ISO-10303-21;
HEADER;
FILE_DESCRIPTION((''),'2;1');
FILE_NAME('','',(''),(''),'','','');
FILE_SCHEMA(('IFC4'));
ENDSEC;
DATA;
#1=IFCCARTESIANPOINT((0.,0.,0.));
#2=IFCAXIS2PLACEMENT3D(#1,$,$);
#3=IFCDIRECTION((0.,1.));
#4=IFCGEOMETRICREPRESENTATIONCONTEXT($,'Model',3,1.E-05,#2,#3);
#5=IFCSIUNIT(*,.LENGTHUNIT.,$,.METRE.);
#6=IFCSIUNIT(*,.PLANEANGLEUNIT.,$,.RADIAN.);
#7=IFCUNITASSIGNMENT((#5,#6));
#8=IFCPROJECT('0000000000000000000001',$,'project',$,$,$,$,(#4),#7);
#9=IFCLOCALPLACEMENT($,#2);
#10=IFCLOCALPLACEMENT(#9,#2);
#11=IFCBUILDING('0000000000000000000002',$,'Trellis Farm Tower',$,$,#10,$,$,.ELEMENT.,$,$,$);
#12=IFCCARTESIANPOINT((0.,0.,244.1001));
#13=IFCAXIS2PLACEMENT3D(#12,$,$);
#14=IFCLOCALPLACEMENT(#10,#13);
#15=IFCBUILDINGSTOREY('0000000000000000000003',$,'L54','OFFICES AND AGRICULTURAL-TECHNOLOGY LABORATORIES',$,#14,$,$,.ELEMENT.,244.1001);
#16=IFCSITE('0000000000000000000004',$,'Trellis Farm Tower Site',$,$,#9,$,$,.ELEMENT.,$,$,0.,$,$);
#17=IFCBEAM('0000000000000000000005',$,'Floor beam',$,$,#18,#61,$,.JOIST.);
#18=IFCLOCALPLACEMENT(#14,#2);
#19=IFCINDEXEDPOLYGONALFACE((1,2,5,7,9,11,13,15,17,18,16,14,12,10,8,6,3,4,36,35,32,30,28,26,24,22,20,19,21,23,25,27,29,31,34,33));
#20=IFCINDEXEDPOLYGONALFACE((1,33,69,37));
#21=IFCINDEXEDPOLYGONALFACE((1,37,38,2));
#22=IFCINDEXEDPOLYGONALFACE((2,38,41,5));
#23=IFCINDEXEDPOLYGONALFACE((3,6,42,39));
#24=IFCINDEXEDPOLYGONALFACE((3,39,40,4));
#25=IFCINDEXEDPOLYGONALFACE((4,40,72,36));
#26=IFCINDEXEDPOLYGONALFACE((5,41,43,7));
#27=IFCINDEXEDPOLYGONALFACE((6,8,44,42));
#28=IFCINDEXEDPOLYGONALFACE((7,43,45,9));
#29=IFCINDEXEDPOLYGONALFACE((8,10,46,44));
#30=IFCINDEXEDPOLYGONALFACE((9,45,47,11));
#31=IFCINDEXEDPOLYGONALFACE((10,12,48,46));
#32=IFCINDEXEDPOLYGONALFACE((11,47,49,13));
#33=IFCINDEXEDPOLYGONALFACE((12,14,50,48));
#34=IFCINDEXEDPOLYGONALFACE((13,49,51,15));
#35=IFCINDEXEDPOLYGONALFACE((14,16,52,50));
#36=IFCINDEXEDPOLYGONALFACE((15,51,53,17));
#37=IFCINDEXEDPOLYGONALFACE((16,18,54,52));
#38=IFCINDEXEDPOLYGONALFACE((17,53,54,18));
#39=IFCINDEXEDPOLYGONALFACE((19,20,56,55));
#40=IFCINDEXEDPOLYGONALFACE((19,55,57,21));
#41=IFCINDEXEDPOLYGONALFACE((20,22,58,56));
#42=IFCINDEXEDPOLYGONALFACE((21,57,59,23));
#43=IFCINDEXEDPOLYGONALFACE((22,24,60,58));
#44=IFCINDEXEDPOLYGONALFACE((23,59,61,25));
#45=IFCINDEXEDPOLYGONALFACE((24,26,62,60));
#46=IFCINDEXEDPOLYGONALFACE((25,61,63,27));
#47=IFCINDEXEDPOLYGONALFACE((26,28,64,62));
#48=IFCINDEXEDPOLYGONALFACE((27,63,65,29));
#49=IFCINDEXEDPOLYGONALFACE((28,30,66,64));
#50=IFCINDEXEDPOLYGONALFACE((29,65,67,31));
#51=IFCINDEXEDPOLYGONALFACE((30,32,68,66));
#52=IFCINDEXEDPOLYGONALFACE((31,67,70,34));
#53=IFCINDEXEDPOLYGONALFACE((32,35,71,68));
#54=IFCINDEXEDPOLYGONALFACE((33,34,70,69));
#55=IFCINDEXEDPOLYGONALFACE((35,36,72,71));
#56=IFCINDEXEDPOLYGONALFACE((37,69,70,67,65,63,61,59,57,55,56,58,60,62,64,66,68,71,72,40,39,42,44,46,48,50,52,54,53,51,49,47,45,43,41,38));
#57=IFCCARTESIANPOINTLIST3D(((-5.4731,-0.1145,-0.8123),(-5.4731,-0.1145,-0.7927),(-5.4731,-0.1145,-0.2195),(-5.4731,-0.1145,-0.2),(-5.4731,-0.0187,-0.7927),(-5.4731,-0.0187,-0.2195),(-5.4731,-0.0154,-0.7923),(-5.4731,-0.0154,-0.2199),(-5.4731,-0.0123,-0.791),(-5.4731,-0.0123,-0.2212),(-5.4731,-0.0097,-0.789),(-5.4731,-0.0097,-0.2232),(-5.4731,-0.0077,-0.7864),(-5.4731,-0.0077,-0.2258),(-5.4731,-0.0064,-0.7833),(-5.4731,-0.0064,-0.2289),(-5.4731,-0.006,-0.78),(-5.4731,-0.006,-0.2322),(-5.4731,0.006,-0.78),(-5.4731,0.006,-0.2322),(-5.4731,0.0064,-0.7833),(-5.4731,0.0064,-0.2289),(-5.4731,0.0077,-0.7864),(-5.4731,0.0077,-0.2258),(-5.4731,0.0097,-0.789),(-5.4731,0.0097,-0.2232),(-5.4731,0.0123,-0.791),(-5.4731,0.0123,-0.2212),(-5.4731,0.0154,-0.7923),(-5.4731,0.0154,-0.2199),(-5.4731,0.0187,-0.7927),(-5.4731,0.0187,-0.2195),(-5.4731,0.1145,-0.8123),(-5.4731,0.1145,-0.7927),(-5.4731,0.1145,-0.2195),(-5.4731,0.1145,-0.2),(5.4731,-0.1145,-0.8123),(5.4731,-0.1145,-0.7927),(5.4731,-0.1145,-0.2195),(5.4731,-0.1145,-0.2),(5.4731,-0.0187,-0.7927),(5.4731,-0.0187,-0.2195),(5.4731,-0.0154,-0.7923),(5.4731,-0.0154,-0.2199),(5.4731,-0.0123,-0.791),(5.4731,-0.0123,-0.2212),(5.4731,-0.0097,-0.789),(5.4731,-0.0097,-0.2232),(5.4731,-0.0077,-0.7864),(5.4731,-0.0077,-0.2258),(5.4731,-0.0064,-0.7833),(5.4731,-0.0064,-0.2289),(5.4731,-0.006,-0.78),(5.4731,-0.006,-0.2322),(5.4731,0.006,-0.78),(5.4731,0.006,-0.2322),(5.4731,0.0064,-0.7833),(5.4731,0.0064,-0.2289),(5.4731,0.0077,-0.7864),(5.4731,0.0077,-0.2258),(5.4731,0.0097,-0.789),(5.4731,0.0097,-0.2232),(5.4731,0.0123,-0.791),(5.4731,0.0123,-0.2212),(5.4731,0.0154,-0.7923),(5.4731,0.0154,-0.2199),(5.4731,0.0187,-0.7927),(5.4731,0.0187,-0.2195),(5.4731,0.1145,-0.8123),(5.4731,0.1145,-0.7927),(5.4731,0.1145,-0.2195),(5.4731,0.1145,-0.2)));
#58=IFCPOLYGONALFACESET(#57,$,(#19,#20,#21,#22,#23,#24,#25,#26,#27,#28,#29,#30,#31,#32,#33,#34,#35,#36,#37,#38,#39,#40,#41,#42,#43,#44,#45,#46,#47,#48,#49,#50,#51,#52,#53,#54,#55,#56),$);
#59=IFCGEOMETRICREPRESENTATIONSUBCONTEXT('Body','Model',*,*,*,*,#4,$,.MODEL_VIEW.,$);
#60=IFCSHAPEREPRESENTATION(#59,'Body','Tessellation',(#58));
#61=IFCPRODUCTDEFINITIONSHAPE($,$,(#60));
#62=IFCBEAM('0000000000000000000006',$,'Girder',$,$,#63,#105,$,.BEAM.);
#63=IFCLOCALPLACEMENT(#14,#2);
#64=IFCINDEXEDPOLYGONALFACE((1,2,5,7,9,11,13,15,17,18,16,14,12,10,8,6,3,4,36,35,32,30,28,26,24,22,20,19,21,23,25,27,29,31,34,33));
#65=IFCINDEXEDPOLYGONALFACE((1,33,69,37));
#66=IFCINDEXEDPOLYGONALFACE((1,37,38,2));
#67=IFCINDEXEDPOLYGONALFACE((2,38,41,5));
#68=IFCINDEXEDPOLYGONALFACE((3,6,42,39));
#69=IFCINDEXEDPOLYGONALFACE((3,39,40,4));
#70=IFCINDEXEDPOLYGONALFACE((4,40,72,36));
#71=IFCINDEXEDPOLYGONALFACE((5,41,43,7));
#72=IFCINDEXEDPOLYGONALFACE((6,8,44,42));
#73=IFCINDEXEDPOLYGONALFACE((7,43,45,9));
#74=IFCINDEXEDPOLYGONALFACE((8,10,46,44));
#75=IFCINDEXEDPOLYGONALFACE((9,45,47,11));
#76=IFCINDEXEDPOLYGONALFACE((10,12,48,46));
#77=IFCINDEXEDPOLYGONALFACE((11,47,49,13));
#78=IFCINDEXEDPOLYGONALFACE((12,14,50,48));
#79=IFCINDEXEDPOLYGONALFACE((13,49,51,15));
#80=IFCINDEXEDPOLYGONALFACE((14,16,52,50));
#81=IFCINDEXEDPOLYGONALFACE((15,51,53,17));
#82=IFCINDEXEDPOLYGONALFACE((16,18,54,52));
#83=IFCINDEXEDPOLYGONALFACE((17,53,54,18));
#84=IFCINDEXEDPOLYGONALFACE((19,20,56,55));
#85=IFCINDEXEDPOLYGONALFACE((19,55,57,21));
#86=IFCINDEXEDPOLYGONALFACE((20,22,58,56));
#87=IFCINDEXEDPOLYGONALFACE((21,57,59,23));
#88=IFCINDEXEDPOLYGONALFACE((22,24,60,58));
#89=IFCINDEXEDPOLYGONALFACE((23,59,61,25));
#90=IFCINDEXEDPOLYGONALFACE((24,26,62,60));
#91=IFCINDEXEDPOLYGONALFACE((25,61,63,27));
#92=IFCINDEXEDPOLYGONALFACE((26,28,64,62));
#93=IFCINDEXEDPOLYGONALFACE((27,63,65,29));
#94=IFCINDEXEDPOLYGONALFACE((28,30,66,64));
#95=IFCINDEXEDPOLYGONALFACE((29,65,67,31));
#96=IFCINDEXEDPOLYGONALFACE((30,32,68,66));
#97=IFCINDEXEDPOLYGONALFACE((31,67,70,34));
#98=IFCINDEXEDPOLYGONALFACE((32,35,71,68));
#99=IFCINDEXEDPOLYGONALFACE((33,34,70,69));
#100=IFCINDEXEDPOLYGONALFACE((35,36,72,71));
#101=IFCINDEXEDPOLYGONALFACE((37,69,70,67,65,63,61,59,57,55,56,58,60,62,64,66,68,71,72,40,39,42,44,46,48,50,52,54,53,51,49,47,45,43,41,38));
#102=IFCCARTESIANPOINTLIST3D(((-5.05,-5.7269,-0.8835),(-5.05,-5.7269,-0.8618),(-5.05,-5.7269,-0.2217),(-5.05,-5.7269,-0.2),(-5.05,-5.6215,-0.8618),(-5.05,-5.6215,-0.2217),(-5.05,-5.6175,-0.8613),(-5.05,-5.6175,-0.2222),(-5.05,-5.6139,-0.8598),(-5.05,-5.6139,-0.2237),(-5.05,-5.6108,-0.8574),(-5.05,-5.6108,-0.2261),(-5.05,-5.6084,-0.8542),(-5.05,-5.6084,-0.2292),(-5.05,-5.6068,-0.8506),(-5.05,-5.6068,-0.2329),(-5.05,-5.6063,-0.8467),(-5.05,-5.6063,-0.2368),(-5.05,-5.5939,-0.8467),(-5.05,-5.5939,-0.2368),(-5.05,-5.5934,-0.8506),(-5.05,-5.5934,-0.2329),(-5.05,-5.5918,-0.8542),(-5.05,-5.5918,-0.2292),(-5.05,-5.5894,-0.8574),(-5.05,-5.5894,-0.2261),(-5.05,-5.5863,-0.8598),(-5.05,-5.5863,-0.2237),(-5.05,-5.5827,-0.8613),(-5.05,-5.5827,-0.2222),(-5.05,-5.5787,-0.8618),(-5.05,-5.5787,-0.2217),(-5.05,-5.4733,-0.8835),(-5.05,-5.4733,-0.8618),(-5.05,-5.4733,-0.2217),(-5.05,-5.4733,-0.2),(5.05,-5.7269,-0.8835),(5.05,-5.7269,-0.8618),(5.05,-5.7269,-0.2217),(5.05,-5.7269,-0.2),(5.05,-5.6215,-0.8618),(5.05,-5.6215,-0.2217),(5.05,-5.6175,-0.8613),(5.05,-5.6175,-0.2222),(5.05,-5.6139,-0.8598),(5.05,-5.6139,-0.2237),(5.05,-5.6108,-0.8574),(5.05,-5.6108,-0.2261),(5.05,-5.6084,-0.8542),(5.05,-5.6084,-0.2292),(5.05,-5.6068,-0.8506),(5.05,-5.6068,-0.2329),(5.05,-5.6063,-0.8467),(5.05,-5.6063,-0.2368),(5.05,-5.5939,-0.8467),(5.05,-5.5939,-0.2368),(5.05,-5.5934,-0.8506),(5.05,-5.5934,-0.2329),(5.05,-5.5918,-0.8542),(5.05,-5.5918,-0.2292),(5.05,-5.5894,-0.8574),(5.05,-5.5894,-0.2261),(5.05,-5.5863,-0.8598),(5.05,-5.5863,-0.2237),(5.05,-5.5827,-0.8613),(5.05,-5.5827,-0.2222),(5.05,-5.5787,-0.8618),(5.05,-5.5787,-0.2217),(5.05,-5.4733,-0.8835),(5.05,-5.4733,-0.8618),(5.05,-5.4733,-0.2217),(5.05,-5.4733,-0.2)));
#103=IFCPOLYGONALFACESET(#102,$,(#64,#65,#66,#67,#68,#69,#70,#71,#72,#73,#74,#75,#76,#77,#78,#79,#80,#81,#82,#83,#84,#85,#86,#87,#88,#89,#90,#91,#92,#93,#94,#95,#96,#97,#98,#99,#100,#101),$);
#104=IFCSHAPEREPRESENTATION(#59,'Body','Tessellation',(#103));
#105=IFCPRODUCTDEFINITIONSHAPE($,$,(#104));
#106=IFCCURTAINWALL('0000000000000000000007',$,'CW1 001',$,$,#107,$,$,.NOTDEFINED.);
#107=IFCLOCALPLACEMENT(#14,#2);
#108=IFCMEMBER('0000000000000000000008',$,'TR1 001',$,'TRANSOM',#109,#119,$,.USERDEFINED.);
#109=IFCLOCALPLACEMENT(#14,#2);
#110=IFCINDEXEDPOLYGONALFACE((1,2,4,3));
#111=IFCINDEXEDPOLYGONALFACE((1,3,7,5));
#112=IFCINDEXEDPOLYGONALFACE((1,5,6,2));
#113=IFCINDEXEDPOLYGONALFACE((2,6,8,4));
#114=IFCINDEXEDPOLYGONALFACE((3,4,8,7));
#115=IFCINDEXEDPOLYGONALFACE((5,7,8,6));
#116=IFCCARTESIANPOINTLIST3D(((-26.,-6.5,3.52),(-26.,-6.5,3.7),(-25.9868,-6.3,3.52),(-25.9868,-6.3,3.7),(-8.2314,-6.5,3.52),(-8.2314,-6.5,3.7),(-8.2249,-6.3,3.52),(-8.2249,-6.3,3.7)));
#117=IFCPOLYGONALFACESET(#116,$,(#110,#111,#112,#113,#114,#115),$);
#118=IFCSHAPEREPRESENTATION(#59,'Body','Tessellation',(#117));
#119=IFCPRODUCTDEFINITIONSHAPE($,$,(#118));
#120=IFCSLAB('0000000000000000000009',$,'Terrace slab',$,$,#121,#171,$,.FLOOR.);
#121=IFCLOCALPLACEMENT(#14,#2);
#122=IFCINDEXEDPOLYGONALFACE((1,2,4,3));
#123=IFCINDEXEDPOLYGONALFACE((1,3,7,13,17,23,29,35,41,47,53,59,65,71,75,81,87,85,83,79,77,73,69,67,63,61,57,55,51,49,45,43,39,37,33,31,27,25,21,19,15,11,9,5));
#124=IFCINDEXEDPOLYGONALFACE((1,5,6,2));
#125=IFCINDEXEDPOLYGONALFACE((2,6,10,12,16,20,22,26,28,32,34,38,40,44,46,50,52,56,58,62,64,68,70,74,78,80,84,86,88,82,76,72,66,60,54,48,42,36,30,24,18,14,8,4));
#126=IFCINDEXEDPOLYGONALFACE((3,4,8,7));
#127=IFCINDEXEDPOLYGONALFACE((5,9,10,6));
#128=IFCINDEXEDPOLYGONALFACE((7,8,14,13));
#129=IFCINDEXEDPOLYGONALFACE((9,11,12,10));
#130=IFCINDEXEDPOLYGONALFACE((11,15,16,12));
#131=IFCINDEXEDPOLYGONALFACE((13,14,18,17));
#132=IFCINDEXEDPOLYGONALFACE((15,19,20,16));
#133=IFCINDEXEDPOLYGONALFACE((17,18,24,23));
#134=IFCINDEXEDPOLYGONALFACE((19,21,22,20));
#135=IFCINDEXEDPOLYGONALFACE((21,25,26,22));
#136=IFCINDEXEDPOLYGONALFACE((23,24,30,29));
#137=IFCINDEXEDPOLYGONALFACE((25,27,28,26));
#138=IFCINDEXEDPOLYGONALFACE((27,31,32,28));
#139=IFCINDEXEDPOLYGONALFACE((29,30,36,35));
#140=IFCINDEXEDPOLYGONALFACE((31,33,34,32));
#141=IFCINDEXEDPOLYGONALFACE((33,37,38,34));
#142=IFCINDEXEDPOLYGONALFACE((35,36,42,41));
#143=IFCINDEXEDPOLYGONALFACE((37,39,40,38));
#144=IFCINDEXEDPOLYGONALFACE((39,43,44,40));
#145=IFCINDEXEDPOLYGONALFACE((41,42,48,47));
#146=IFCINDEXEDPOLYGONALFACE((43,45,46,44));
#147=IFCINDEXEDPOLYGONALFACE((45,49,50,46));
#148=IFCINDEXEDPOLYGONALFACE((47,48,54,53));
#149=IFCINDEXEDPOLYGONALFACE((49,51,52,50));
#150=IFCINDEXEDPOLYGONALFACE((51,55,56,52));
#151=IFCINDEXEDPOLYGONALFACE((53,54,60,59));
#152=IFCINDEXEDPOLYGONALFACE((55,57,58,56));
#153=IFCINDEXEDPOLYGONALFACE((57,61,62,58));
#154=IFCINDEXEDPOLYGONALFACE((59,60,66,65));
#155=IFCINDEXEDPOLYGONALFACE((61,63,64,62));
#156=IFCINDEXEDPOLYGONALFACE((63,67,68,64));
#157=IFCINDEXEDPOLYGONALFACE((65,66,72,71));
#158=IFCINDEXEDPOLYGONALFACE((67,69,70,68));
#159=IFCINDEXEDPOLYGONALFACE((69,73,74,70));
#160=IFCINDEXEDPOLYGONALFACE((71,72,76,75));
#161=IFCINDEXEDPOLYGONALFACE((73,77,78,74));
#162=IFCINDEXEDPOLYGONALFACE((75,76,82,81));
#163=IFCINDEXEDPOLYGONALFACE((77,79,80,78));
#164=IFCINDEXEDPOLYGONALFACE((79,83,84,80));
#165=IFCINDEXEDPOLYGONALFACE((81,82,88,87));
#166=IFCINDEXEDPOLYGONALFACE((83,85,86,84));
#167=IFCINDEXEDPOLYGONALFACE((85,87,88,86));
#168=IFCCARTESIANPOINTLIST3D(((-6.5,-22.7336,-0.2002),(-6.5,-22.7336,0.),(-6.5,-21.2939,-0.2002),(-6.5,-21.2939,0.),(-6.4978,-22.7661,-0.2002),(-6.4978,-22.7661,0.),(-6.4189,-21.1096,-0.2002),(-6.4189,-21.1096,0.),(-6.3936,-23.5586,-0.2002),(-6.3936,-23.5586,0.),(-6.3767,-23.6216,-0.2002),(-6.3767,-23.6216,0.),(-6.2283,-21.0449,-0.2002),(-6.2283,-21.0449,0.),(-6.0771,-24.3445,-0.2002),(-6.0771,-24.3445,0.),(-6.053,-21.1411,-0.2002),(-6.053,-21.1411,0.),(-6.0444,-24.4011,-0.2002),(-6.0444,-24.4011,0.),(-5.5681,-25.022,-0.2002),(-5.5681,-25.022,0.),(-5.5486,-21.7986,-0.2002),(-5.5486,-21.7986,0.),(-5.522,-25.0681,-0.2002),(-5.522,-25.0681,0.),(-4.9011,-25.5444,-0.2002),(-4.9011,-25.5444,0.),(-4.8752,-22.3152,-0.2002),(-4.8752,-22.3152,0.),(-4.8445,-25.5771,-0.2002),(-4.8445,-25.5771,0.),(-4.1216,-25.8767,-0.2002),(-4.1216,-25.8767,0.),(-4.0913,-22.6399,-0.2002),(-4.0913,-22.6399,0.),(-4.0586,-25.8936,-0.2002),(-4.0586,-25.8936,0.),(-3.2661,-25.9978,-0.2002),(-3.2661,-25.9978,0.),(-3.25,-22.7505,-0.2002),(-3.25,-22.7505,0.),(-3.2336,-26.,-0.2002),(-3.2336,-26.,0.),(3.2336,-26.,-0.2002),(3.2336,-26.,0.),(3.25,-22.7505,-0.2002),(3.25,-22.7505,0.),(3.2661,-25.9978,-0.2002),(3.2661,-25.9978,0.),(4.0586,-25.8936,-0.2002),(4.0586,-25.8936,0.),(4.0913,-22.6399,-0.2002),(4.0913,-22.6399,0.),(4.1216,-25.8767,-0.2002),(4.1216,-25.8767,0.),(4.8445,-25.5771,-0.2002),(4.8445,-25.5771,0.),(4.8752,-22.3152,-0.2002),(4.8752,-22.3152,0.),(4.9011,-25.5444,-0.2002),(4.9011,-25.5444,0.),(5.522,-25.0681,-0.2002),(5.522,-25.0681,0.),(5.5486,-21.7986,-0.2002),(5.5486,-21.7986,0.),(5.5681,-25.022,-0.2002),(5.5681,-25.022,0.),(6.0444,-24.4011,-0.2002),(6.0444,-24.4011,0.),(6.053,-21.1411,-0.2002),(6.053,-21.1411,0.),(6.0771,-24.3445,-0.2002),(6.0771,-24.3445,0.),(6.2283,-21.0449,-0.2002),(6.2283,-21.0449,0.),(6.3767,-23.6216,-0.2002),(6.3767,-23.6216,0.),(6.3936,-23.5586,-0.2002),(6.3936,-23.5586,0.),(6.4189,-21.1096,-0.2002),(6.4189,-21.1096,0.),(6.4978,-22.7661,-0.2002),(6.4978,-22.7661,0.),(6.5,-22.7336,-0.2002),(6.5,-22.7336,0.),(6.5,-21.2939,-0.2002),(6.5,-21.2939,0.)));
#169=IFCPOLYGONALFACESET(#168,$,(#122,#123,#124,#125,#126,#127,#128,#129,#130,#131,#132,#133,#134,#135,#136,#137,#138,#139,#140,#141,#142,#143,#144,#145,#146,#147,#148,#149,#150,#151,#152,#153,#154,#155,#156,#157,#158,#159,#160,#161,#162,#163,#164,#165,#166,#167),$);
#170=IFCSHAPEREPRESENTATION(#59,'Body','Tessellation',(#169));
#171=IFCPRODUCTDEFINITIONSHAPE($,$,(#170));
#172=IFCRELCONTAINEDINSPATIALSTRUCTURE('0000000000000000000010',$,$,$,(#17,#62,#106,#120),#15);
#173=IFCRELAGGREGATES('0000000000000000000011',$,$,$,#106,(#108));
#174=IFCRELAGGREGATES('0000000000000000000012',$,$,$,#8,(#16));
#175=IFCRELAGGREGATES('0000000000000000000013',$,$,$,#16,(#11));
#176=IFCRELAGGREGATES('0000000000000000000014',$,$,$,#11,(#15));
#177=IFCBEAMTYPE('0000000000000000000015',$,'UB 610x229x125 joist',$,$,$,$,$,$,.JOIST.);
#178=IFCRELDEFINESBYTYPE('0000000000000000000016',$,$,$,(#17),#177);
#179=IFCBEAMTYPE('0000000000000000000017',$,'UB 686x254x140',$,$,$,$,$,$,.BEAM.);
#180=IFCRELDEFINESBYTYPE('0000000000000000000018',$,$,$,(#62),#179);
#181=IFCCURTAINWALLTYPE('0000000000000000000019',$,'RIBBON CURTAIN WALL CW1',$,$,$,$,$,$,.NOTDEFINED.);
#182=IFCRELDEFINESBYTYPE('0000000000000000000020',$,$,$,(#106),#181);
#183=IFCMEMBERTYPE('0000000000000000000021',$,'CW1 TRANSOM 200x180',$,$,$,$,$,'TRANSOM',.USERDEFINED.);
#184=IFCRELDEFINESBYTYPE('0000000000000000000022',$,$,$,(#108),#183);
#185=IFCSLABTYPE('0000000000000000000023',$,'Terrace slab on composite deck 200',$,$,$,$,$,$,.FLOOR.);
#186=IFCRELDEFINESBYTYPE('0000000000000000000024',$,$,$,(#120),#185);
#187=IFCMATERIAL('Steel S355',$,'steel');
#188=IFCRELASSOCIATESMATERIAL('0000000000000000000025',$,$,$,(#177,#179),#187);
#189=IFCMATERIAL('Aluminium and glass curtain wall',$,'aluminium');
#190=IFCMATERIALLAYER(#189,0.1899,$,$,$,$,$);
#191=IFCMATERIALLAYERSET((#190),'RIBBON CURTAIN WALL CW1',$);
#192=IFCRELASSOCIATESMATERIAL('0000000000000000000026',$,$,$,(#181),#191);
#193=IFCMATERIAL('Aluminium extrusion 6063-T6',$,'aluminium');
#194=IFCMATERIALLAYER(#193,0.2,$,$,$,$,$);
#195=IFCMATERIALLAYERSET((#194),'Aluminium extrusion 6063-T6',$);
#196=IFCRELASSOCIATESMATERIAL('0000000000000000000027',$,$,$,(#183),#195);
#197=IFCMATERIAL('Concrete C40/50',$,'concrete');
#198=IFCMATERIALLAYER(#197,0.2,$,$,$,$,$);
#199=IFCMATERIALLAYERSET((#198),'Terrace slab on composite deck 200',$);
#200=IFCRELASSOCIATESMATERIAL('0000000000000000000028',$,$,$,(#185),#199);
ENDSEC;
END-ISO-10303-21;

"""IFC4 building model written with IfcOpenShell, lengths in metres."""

from ifc_helpers import new_model, si_unit, direction, frame, origin, origin_2d, place, context, subcontext, project, spatial, polyline, i_section, outline, extrude, source, transform, mapped, material, layer, layer_set, material_profile, profile_set, type_object, element, aggregate, save


model = new_model("IFC4")

# Units and contexts
model_context = context("Model", 3, precision=1e-05, world=origin(), true_north=direction((0.0, 1.0)))
body_context = subcontext(model_context, "Body", "Model", "MODEL_VIEW")
ifc_project = project(units=[si_unit("LENGTHUNIT", "METRE"), si_unit("PLANEANGLEUNIT", "RADIAN")], contexts=[model_context])

# Site, building, storey
site_placement = place(None, origin())
site = spatial("IfcSite", under=ifc_project, at=site_placement, Name="Trellis Farm Tower Site", CompositionType="ELEMENT", RefElevation=0.0)
building_placement = place(site_placement, origin())
building = spatial("IfcBuilding", under=site, at=building_placement, Name="Trellis Farm Tower", CompositionType="ELEMENT")
storey_placement = place(building_placement, frame((0.0, 0.0, 244.1001)))
storey = spatial("IfcBuildingStorey", under=building, at=storey_placement, Name="L54", Description="OFFICES AND AGRICULTURAL-TECHNOLOGY LABORATORIES", CompositionType="ELEMENT", Elevation=244.1001)

# Beams
ifc_material_1 = material(Name="Steel S355", Category="steel")
ifc_material_profile_1 = material_profile(ifc_material_1, i_section(OverallWidth=0.229, OverallDepth=0.6123, WebThickness=0.012, FlangeThickness=0.0195, FilletRadius=0.0127, at=origin_2d()), Name="UB 610x229x125")
ifc_profile_set_1 = profile_set([ifc_material_profile_1], Name="Steel S355")
beam_type_1 = type_object("IfcBeamType", Name="UB 610x229x125 joist", PredefinedType="JOIST", material=ifc_profile_set_1)
shared_shape_1 = source(origin(), body_context, "Body", "SweptSolid", [
    extrude(i_section(OverallWidth=0.229, OverallDepth=0.6123, WebThickness=0.012, FlangeThickness=0.0195, FilletRadius=0.0127, at=origin_2d()), origin(), (0.0, 0.0, 1.0), 10.9463),
])
beam_1_placement = place(storey_placement, frame((-5.4731, 0.0, -0.5061), z_axis=(1.0, 0.0, 0.0), x_axis=(0.0, 1.0, 0.0)))
element("IfcBeam", 1, at=beam_1_placement, inside=storey, type_object=beam_type_1, Name="Floor beam", PredefinedType="JOIST", context=body_context, shape_type="MappedRepresentation", body=[
    mapped(shared_shape_1, transform((0.0, 0.0, 0.0))),
])
ifc_material_profile_2 = material_profile(ifc_material_1, i_section(OverallWidth=0.2537, OverallDepth=0.6836, WebThickness=0.0125, FlangeThickness=0.0217, FilletRadius=0.0151, at=origin_2d()), Name="UB 686x254x140")
ifc_profile_set_2 = profile_set([ifc_material_profile_2], Name="Steel S355")
beam_type_2 = type_object("IfcBeamType", Name="UB 686x254x140", PredefinedType="BEAM", material=ifc_profile_set_2)
shared_shape_2 = source(origin(), body_context, "Body", "SweptSolid", [
    extrude(i_section(OverallWidth=0.2537, OverallDepth=0.6836, WebThickness=0.0125, FlangeThickness=0.0217, FilletRadius=0.0151, at=origin_2d()), origin(), (0.0, 0.0, 1.0), 10.1001),
])
beam_2_placement = place(storey_placement, frame((-5.05, -5.6001, -0.5417), z_axis=(1.0, 0.0, 0.0), x_axis=(0.0, 1.0, 0.0)))
element("IfcBeam", 2, at=beam_2_placement, inside=storey, type_object=beam_type_2, Name="Girder", PredefinedType="BEAM", context=body_context, shape_type="MappedRepresentation", body=[
    mapped(shared_shape_2, transform((0.0, 0.0, 0.0))),
])

# Curtain wall, member
ifc_material_2 = material(Name="Aluminium and glass curtain wall", Category="aluminium")
ifc_layer_1 = layer(ifc_material_2, 0.1899)
ifc_layer_set_1 = layer_set([ifc_layer_1], Name="RIBBON CURTAIN WALL CW1")
curtain_wall_type = type_object("IfcCurtainWallType", Name="RIBBON CURTAIN WALL CW1", PredefinedType="NOTDEFINED", material=ifc_layer_set_1)
placement_1 = place(storey_placement, origin())
curtain_wall = element("IfcCurtainWall", 3, at=placement_1, inside=storey, type_object=curtain_wall_type, Name="CW1 001", PredefinedType="NOTDEFINED")
ifc_material_3 = material(Name="Aluminium extrusion 6063-T6", Category="aluminium")
ifc_layer_2 = layer(ifc_material_3, 0.2)
ifc_layer_set_2 = layer_set([ifc_layer_2], Name="Aluminium extrusion 6063-T6")
member_type = type_object("IfcMemberType", Name="CW1 TRANSOM 200x180", ElementType="TRANSOM", PredefinedType="USERDEFINED", material=ifc_layer_set_2)
shared_shape_3 = source(origin(), body_context, "Body", "SweptSolid", [
    extrude(outline(polyline([(-26.0, -6.5), (-8.2314, -6.5), (-8.2249, -6.3), (-25.9868, -6.3), (-26.0, -6.5)])), origin(), (0.0, 0.0, 1.0), 0.1799),
])
member_placement = place(storey_placement, frame((0.0, 0.0, 3.52)))
member = element("IfcMember", 4, at=member_placement, type_object=member_type, Name="TR1 001", ObjectType="TRANSOM", PredefinedType="USERDEFINED", context=body_context, shape_type="MappedRepresentation", body=[
    mapped(shared_shape_3, transform((0.0, 0.0, 0.0))),
])

# Slab
ifc_material_4 = material(Name="Concrete C40/50", Category="concrete")
ifc_layer_3 = layer(ifc_material_4, 0.2)
ifc_layer_set_3 = layer_set([ifc_layer_3], Name="Terrace slab on composite deck 200")
slab_type_1 = type_object("IfcSlabType", Name="Terrace slab on composite deck 200", PredefinedType="FLOOR", material=ifc_layer_set_3)
placement_2 = place(storey_placement, frame((0.0, 0.0, -0.2002)))
element("IfcSlab", 5, at=placement_2, inside=storey, type_object=slab_type_1, Name="Terrace slab", PredefinedType="FLOOR", context=body_context, shape_type="SweptSolid", body=[
    extrude(outline(polyline([(-6.2283, -21.0449), (-6.053, -21.1411), (-5.5486, -21.7986), (-4.8752, -22.3152), (-4.0913, -22.6399), (-3.25, -22.7505), (3.25, -22.7505), (4.0913, -22.6399), (4.8752, -22.3152), (5.5486, -21.7986), (6.053, -21.1411), (6.2283, -21.0449), (6.4189, -21.1096), (6.5, -21.2939), (6.5, -22.7336), (6.4978, -22.7661), (6.3936, -23.5586), (6.3767, -23.6216), (6.0771, -24.3445), (6.0444, -24.4011), (5.5681, -25.022), (5.522, -25.0681), (4.9011, -25.5444), (4.8445, -25.5771), (4.1216, -25.8767), (4.0586, -25.8936), (3.2661, -25.9978), (3.2336, -26.0), (-3.2336, -26.0), (-3.2661, -25.9978), (-4.0586, -25.8936), (-4.1216, -25.8767), (-4.8445, -25.5771), (-4.9011, -25.5444), (-5.522, -25.0681), (-5.5681, -25.022), (-6.0444, -24.4011), (-6.0771, -24.3445), (-6.3767, -23.6216), (-6.3936, -23.5586), (-6.4978, -22.7661), (-6.5, -22.7336), (-6.5, -21.2939), (-6.4189, -21.1096), (-6.2283, -21.0449)])), origin(), (0.0, 0.0, 1.0), 0.2002),
])

aggregate(curtain_wall, [member])

save(model, "model.ifc")
